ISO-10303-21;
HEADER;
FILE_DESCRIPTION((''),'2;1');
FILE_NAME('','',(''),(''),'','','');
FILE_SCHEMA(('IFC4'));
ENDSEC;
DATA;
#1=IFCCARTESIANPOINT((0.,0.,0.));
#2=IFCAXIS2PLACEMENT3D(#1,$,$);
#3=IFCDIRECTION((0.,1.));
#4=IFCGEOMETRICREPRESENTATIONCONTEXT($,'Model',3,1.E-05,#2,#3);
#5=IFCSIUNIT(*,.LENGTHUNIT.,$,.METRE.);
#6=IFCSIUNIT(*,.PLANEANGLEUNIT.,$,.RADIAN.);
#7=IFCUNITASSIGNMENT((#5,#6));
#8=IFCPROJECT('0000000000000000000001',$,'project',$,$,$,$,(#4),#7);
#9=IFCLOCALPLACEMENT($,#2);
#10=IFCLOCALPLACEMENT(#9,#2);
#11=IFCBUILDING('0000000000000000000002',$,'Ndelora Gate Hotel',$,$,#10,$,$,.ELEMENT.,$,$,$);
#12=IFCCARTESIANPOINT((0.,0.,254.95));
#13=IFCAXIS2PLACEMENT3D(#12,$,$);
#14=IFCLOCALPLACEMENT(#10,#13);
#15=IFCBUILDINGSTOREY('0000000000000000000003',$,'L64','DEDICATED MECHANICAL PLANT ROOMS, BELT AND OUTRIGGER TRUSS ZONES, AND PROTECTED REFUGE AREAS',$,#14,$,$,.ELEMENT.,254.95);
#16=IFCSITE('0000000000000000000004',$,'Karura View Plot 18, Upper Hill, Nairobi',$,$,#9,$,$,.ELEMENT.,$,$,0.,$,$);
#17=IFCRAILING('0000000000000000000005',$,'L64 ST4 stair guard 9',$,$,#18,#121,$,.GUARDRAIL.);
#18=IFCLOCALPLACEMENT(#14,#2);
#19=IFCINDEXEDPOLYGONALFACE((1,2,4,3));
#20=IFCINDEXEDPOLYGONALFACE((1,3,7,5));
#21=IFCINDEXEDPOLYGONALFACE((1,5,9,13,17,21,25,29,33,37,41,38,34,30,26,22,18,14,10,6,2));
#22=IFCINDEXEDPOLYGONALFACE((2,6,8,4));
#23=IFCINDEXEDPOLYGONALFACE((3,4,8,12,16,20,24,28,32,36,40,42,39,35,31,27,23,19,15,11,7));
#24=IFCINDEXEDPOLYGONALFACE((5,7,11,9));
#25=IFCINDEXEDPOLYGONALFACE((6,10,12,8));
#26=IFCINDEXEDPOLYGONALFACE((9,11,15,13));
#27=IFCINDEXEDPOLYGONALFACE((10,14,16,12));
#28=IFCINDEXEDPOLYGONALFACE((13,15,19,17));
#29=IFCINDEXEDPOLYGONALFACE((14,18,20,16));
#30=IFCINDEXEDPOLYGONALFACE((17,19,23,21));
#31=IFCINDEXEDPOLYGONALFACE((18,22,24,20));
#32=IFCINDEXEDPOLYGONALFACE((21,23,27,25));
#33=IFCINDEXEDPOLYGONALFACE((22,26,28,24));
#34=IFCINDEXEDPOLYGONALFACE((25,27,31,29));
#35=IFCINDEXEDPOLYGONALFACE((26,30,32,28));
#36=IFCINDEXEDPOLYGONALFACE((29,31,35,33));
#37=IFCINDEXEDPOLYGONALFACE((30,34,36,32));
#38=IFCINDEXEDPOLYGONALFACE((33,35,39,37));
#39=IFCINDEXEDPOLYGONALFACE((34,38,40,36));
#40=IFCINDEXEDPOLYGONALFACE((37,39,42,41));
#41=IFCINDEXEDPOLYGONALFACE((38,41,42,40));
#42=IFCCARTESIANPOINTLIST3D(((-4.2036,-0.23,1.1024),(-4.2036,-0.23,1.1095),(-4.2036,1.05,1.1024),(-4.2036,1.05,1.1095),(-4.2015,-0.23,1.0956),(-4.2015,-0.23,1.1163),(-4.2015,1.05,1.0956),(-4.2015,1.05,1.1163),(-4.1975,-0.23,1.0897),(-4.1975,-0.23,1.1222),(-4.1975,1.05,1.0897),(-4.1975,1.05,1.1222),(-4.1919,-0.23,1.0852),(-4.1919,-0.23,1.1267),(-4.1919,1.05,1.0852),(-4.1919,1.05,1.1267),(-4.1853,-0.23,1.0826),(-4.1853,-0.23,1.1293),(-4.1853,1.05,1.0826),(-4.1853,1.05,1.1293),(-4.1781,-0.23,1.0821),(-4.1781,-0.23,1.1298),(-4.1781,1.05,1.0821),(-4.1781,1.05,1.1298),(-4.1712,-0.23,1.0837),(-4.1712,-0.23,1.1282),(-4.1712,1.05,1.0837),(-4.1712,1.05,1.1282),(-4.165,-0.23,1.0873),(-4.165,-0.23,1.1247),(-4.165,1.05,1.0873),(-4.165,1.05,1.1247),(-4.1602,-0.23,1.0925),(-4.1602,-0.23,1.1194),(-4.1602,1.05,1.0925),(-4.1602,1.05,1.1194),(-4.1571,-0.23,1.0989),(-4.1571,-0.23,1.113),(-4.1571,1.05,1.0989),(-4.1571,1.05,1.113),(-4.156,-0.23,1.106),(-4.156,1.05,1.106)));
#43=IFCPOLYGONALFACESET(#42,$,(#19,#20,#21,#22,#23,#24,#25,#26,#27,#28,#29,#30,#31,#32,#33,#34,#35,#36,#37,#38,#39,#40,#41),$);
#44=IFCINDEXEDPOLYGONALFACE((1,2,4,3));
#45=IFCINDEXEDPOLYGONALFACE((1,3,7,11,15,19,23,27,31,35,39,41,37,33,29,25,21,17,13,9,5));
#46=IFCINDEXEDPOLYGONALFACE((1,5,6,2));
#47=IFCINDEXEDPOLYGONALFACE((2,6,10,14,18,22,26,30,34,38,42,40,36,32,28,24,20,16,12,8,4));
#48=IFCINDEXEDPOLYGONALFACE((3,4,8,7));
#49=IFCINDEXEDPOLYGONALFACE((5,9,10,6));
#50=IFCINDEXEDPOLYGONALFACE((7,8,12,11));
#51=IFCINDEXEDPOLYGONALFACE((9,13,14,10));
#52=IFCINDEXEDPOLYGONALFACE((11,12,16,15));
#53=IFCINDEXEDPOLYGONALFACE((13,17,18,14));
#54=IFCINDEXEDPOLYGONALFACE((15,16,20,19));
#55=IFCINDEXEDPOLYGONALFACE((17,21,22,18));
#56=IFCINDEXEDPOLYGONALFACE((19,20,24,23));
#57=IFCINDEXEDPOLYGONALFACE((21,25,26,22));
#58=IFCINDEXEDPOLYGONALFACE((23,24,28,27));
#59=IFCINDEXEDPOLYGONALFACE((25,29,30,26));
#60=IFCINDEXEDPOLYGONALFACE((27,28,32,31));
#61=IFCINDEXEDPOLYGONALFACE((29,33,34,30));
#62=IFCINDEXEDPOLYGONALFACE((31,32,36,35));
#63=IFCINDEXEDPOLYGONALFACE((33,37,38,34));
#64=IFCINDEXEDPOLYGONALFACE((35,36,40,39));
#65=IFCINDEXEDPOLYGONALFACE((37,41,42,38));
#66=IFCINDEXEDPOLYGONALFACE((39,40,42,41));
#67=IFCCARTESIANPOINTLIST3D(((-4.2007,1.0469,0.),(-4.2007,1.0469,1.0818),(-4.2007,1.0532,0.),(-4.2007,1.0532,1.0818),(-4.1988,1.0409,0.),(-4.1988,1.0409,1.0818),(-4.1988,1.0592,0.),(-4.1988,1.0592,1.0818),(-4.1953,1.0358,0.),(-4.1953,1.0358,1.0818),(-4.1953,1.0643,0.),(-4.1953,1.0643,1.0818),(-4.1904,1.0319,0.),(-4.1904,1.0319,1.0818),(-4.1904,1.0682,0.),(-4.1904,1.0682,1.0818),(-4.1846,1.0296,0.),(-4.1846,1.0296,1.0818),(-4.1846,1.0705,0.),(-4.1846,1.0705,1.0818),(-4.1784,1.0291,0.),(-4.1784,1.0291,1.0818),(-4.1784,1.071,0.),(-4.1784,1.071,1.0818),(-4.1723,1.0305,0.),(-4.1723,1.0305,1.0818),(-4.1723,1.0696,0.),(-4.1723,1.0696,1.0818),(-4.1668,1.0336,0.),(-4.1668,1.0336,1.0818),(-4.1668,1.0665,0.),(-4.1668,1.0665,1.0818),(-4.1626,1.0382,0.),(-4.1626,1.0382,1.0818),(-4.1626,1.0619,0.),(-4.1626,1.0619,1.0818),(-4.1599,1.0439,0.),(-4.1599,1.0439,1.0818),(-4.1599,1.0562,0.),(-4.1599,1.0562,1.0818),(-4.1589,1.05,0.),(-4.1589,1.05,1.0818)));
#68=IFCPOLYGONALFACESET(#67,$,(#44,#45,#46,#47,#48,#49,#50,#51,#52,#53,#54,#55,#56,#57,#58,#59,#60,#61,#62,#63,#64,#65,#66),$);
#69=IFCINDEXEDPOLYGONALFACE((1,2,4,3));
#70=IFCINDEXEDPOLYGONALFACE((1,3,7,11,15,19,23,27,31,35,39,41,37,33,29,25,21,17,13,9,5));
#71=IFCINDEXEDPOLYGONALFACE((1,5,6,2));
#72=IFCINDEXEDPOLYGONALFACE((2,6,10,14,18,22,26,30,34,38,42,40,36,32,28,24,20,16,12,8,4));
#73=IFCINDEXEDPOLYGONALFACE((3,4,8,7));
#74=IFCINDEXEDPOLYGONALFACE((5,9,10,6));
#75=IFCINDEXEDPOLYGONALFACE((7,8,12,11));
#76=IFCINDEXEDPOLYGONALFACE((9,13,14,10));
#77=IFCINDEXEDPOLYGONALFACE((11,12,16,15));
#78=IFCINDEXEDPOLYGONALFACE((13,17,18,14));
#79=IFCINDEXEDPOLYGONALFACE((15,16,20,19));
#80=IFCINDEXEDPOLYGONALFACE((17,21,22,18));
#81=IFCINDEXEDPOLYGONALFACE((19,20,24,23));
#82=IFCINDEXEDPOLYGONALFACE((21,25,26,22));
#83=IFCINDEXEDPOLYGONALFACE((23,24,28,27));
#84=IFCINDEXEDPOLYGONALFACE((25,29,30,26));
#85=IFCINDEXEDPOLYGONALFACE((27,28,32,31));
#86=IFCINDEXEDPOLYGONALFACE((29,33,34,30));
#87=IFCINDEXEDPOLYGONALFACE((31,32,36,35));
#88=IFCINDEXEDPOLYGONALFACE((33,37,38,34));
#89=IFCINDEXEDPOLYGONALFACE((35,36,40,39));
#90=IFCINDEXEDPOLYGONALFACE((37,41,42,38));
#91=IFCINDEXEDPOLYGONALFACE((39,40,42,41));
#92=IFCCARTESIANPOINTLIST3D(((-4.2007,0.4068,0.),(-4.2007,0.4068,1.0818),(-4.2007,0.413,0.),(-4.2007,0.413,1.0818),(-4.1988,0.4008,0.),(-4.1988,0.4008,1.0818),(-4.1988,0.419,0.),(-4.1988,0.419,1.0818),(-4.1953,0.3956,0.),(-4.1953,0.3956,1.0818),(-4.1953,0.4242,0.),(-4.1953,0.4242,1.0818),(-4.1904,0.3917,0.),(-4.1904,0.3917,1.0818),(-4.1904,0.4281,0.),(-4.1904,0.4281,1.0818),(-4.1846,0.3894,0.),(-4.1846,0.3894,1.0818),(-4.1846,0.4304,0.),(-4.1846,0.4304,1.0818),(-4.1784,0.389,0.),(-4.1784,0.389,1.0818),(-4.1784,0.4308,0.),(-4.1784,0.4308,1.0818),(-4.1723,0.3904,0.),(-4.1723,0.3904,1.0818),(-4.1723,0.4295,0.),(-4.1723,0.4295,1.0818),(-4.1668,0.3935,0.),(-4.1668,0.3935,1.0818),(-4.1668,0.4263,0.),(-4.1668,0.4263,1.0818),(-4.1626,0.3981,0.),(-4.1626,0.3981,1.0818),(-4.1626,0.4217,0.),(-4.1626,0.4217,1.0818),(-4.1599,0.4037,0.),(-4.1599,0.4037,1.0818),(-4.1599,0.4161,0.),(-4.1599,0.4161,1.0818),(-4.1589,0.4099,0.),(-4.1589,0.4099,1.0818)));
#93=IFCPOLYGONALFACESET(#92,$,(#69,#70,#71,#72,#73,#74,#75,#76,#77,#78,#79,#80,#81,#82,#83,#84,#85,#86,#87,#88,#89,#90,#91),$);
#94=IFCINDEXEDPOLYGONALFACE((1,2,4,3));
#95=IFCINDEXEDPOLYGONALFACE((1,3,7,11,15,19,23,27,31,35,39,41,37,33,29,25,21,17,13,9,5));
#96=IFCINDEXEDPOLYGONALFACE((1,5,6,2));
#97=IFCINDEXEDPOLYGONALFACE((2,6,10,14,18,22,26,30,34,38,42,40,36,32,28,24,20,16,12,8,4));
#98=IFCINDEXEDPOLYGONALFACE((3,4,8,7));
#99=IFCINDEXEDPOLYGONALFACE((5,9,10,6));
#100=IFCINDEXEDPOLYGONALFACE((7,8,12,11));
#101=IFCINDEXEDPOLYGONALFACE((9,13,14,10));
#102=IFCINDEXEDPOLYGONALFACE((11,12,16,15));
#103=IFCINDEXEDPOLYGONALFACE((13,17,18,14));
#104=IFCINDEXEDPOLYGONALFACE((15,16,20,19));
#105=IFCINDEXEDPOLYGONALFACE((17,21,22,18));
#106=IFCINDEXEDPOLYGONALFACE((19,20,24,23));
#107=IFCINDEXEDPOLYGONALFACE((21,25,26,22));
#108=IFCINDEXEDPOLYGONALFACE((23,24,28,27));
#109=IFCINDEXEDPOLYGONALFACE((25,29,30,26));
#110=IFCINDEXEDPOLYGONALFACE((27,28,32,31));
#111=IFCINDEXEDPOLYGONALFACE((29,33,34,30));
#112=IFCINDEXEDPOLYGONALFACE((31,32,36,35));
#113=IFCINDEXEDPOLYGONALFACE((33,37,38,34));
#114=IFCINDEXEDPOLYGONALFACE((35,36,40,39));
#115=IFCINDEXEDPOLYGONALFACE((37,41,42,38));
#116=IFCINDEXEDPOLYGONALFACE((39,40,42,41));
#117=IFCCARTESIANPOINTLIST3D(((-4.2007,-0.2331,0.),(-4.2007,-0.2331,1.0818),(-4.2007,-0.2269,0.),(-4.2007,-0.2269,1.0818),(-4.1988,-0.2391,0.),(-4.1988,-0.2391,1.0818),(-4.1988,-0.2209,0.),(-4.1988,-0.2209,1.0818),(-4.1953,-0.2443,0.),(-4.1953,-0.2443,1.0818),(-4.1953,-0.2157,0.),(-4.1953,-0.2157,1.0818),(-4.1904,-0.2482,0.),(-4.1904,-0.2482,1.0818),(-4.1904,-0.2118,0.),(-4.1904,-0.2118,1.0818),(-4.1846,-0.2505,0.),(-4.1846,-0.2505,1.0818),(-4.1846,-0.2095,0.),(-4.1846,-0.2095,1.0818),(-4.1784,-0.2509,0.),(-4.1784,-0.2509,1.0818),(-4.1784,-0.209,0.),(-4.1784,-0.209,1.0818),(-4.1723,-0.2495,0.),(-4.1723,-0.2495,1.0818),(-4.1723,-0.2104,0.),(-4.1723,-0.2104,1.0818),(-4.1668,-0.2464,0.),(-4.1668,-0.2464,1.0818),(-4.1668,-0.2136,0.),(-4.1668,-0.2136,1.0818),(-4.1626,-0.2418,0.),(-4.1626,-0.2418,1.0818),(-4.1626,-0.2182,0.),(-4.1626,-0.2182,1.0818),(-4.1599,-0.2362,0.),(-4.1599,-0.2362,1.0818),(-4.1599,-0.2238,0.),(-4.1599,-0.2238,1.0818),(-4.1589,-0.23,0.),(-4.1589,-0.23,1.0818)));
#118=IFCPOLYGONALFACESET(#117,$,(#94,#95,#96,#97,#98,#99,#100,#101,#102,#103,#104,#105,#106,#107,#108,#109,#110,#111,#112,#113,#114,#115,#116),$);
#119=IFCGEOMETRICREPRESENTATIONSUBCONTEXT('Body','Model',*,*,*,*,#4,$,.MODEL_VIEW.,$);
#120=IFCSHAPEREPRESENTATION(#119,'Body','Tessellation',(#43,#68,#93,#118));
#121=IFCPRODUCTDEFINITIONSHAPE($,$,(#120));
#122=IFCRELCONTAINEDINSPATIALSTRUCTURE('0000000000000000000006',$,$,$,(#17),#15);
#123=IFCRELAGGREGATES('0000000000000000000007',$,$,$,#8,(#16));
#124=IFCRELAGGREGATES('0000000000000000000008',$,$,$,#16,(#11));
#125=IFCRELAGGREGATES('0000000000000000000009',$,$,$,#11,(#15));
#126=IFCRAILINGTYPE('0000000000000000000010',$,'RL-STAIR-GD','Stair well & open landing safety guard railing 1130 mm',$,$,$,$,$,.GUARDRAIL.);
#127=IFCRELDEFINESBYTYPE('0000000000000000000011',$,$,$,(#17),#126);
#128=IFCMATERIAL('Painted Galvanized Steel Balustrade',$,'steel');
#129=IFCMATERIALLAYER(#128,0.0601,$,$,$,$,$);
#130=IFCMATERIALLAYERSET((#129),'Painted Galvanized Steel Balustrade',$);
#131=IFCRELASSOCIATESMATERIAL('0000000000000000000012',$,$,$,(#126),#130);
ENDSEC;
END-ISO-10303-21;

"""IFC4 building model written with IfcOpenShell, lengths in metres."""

from ifc_helpers import new_model, si_unit, direction, frame, origin, origin_2d, place, context, subcontext, project, spatial, circle, extrude, material, layer, layer_set, type_object, element, save


model = new_model("IFC4")

# Units and contexts
model_context = context("Model", 3, precision=1e-05, world=origin(), true_north=direction((0.0, 1.0)))
body_context = subcontext(model_context, "Body", "Model", "MODEL_VIEW")
ifc_project = project(units=[si_unit("LENGTHUNIT", "METRE"), si_unit("PLANEANGLEUNIT", "RADIAN")], contexts=[model_context])

# Site, building, storey
site_placement = place(None, origin())
site = spatial("IfcSite", under=ifc_project, at=site_placement, Name="Karura View Plot 18, Upper Hill, Nairobi", CompositionType="ELEMENT", RefElevation=0.0)
building_placement = place(site_placement, origin())
building = spatial("IfcBuilding", under=site, at=building_placement, Name="Ndelora Gate Hotel", CompositionType="ELEMENT")
storey_placement = place(building_placement, frame((0.0, 0.0, 254.95)))
storey = spatial("IfcBuildingStorey", under=building, at=storey_placement, Name="L64", Description="DEDICATED MECHANICAL PLANT ROOMS, BELT AND OUTRIGGER TRUSS ZONES, AND PROTECTED REFUGE AREAS", CompositionType="ELEMENT", Elevation=254.95)

# Railing
ifc_material_1 = material(Name="Painted Galvanized Steel Balustrade", Category="steel")
ifc_layer_1 = layer(ifc_material_1, 0.0601)
ifc_layer_set_1 = layer_set([ifc_layer_1], Name="Painted Galvanized Steel Balustrade")
railing_type_1 = type_object("IfcRailingType", Name="RL-STAIR-GD", Description="Stair well & open landing safety guard railing 1130 mm", PredefinedType="GUARDRAIL", material=ifc_layer_set_1)
for number, where, name in (
    (1, (-4.1799, 1.05, 0.0), "L64 ST4 stair guard 9"),
):
    element("IfcRailing", number, at=place(storey_placement, frame(where)), inside=storey, type_object=railing_type_1, Name=name, PredefinedType="GUARDRAIL", context=body_context, shape_type="SweptSolid", body=[
        extrude(circle(Radius=0.0239, at=origin_2d()), frame((0.0, 0.0, 1.106), z_axis=(0.0, -1.0, 0.0), x_axis=(1.0, 0.0, 0.0)), (0.0, 0.0, 1.0), 1.28),
        extrude(circle(Radius=0.021, at=origin_2d()), origin(), (0.0, 0.0, 1.0), 1.0818),
        extrude(circle(Radius=0.021, at=origin_2d()), frame((0.0, -0.6401, 0.0)), (0.0, 0.0, 1.0), 1.0818),
        extrude(circle(Radius=0.021, at=origin_2d()), frame((0.0, -1.28, 0.0)), (0.0, 0.0, 1.0), 1.0818),
    ])

save(model, "model.ifc")
